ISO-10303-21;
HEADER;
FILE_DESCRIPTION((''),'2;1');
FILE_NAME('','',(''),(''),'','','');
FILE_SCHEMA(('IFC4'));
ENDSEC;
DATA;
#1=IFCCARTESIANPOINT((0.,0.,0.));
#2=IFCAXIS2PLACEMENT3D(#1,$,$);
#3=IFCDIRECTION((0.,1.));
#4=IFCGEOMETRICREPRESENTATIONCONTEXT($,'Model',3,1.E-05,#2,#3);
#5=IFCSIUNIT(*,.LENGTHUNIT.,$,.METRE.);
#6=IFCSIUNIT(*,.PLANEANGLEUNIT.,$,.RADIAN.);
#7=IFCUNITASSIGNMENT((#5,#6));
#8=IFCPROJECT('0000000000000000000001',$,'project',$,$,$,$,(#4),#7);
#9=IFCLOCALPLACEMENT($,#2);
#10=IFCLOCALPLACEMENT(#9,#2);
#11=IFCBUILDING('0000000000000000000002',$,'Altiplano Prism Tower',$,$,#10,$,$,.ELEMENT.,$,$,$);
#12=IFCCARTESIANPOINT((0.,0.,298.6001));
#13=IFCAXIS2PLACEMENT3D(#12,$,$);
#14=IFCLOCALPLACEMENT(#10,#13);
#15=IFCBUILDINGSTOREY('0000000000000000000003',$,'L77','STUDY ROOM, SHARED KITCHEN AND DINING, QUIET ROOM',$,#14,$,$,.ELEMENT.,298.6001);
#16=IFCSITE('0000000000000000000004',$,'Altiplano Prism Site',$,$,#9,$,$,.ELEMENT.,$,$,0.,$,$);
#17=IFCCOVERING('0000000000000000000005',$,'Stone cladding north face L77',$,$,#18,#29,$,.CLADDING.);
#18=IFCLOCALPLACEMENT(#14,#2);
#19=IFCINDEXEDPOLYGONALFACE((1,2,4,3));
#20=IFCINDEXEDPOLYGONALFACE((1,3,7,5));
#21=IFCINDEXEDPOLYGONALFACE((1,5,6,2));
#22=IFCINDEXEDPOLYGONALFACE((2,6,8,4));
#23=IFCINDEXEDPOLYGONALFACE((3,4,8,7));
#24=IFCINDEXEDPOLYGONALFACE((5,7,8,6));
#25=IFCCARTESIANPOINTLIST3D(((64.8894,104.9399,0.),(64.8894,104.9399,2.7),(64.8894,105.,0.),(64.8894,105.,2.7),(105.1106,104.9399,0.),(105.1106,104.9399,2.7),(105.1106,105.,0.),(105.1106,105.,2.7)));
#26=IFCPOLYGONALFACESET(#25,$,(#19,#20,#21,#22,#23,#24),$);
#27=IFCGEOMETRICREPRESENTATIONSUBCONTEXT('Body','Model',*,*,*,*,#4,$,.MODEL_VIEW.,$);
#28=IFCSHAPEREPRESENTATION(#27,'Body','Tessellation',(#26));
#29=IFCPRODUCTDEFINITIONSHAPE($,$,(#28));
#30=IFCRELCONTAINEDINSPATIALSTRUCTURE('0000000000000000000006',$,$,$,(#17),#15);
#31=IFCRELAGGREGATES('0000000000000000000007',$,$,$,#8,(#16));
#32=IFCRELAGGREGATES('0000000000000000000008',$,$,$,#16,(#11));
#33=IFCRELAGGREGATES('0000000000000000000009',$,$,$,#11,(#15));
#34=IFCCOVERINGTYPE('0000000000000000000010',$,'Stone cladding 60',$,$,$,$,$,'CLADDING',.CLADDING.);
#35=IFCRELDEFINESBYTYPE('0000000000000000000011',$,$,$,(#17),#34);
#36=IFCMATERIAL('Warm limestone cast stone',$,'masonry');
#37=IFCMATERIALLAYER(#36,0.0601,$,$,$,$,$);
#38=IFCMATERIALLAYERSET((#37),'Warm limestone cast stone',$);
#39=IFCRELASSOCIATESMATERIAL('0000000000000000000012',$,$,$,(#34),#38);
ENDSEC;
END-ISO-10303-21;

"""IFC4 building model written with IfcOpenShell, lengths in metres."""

from ifc_helpers import new_model, si_unit, direction, frame, frame_2d, origin, place, context, subcontext, project, spatial, rectangle, extrude, material, layer, layer_set, type_object, element, save


model = new_model("IFC4")

# Units and contexts
model_context = context("Model", 3, precision=1e-05, world=origin(), true_north=direction((0.0, 1.0)))
body_context = subcontext(model_context, "Body", "Model", "MODEL_VIEW")
ifc_project = project(units=[si_unit("LENGTHUNIT", "METRE"), si_unit("PLANEANGLEUNIT", "RADIAN")], contexts=[model_context])

# Site, building, storey
site_placement = place(None, origin())
site = spatial("IfcSite", under=ifc_project, at=site_placement, Name="Altiplano Prism Site", CompositionType="ELEMENT", RefElevation=0.0)
building_placement = place(site_placement, origin())
building = spatial("IfcBuilding", under=site, at=building_placement, Name="Altiplano Prism Tower", CompositionType="ELEMENT")
storey_placement = place(building_placement, frame((0.0, 0.0, 298.6001)))
storey = spatial("IfcBuildingStorey", under=building, at=storey_placement, Name="L77", Description="STUDY ROOM, SHARED KITCHEN AND DINING, QUIET ROOM", CompositionType="ELEMENT", Elevation=298.6001)

# Covering
ifc_material_1 = material(Name="Warm limestone cast stone", Category="masonry")
ifc_layer_1 = layer(ifc_material_1, 0.0601)
ifc_layer_set_1 = layer_set([ifc_layer_1], Name="Warm limestone cast stone")
covering_type = type_object("IfcCoveringType", Name="Stone cladding 60", ElementType="CLADDING", PredefinedType="CLADDING", material=ifc_layer_set_1)
covering_placement = place(storey_placement, frame((64.8894, 104.97, 0.0), z_axis=(0.0, 0.0, 1.0), x_axis=(1.0, 0.0, 0.0)))
element("IfcCovering", 1, at=covering_placement, inside=storey, type_object=covering_type, Name="Stone cladding north face L77", PredefinedType="CLADDING", context=body_context, shape_type="SweptSolid", body=[
    extrude(rectangle(XDim=40.2212, YDim=0.0601, at=frame_2d((20.1106, 0.0))), origin(), (0.0, 0.0, 1.0), 2.7),
])

save(model, "model.ifc")
